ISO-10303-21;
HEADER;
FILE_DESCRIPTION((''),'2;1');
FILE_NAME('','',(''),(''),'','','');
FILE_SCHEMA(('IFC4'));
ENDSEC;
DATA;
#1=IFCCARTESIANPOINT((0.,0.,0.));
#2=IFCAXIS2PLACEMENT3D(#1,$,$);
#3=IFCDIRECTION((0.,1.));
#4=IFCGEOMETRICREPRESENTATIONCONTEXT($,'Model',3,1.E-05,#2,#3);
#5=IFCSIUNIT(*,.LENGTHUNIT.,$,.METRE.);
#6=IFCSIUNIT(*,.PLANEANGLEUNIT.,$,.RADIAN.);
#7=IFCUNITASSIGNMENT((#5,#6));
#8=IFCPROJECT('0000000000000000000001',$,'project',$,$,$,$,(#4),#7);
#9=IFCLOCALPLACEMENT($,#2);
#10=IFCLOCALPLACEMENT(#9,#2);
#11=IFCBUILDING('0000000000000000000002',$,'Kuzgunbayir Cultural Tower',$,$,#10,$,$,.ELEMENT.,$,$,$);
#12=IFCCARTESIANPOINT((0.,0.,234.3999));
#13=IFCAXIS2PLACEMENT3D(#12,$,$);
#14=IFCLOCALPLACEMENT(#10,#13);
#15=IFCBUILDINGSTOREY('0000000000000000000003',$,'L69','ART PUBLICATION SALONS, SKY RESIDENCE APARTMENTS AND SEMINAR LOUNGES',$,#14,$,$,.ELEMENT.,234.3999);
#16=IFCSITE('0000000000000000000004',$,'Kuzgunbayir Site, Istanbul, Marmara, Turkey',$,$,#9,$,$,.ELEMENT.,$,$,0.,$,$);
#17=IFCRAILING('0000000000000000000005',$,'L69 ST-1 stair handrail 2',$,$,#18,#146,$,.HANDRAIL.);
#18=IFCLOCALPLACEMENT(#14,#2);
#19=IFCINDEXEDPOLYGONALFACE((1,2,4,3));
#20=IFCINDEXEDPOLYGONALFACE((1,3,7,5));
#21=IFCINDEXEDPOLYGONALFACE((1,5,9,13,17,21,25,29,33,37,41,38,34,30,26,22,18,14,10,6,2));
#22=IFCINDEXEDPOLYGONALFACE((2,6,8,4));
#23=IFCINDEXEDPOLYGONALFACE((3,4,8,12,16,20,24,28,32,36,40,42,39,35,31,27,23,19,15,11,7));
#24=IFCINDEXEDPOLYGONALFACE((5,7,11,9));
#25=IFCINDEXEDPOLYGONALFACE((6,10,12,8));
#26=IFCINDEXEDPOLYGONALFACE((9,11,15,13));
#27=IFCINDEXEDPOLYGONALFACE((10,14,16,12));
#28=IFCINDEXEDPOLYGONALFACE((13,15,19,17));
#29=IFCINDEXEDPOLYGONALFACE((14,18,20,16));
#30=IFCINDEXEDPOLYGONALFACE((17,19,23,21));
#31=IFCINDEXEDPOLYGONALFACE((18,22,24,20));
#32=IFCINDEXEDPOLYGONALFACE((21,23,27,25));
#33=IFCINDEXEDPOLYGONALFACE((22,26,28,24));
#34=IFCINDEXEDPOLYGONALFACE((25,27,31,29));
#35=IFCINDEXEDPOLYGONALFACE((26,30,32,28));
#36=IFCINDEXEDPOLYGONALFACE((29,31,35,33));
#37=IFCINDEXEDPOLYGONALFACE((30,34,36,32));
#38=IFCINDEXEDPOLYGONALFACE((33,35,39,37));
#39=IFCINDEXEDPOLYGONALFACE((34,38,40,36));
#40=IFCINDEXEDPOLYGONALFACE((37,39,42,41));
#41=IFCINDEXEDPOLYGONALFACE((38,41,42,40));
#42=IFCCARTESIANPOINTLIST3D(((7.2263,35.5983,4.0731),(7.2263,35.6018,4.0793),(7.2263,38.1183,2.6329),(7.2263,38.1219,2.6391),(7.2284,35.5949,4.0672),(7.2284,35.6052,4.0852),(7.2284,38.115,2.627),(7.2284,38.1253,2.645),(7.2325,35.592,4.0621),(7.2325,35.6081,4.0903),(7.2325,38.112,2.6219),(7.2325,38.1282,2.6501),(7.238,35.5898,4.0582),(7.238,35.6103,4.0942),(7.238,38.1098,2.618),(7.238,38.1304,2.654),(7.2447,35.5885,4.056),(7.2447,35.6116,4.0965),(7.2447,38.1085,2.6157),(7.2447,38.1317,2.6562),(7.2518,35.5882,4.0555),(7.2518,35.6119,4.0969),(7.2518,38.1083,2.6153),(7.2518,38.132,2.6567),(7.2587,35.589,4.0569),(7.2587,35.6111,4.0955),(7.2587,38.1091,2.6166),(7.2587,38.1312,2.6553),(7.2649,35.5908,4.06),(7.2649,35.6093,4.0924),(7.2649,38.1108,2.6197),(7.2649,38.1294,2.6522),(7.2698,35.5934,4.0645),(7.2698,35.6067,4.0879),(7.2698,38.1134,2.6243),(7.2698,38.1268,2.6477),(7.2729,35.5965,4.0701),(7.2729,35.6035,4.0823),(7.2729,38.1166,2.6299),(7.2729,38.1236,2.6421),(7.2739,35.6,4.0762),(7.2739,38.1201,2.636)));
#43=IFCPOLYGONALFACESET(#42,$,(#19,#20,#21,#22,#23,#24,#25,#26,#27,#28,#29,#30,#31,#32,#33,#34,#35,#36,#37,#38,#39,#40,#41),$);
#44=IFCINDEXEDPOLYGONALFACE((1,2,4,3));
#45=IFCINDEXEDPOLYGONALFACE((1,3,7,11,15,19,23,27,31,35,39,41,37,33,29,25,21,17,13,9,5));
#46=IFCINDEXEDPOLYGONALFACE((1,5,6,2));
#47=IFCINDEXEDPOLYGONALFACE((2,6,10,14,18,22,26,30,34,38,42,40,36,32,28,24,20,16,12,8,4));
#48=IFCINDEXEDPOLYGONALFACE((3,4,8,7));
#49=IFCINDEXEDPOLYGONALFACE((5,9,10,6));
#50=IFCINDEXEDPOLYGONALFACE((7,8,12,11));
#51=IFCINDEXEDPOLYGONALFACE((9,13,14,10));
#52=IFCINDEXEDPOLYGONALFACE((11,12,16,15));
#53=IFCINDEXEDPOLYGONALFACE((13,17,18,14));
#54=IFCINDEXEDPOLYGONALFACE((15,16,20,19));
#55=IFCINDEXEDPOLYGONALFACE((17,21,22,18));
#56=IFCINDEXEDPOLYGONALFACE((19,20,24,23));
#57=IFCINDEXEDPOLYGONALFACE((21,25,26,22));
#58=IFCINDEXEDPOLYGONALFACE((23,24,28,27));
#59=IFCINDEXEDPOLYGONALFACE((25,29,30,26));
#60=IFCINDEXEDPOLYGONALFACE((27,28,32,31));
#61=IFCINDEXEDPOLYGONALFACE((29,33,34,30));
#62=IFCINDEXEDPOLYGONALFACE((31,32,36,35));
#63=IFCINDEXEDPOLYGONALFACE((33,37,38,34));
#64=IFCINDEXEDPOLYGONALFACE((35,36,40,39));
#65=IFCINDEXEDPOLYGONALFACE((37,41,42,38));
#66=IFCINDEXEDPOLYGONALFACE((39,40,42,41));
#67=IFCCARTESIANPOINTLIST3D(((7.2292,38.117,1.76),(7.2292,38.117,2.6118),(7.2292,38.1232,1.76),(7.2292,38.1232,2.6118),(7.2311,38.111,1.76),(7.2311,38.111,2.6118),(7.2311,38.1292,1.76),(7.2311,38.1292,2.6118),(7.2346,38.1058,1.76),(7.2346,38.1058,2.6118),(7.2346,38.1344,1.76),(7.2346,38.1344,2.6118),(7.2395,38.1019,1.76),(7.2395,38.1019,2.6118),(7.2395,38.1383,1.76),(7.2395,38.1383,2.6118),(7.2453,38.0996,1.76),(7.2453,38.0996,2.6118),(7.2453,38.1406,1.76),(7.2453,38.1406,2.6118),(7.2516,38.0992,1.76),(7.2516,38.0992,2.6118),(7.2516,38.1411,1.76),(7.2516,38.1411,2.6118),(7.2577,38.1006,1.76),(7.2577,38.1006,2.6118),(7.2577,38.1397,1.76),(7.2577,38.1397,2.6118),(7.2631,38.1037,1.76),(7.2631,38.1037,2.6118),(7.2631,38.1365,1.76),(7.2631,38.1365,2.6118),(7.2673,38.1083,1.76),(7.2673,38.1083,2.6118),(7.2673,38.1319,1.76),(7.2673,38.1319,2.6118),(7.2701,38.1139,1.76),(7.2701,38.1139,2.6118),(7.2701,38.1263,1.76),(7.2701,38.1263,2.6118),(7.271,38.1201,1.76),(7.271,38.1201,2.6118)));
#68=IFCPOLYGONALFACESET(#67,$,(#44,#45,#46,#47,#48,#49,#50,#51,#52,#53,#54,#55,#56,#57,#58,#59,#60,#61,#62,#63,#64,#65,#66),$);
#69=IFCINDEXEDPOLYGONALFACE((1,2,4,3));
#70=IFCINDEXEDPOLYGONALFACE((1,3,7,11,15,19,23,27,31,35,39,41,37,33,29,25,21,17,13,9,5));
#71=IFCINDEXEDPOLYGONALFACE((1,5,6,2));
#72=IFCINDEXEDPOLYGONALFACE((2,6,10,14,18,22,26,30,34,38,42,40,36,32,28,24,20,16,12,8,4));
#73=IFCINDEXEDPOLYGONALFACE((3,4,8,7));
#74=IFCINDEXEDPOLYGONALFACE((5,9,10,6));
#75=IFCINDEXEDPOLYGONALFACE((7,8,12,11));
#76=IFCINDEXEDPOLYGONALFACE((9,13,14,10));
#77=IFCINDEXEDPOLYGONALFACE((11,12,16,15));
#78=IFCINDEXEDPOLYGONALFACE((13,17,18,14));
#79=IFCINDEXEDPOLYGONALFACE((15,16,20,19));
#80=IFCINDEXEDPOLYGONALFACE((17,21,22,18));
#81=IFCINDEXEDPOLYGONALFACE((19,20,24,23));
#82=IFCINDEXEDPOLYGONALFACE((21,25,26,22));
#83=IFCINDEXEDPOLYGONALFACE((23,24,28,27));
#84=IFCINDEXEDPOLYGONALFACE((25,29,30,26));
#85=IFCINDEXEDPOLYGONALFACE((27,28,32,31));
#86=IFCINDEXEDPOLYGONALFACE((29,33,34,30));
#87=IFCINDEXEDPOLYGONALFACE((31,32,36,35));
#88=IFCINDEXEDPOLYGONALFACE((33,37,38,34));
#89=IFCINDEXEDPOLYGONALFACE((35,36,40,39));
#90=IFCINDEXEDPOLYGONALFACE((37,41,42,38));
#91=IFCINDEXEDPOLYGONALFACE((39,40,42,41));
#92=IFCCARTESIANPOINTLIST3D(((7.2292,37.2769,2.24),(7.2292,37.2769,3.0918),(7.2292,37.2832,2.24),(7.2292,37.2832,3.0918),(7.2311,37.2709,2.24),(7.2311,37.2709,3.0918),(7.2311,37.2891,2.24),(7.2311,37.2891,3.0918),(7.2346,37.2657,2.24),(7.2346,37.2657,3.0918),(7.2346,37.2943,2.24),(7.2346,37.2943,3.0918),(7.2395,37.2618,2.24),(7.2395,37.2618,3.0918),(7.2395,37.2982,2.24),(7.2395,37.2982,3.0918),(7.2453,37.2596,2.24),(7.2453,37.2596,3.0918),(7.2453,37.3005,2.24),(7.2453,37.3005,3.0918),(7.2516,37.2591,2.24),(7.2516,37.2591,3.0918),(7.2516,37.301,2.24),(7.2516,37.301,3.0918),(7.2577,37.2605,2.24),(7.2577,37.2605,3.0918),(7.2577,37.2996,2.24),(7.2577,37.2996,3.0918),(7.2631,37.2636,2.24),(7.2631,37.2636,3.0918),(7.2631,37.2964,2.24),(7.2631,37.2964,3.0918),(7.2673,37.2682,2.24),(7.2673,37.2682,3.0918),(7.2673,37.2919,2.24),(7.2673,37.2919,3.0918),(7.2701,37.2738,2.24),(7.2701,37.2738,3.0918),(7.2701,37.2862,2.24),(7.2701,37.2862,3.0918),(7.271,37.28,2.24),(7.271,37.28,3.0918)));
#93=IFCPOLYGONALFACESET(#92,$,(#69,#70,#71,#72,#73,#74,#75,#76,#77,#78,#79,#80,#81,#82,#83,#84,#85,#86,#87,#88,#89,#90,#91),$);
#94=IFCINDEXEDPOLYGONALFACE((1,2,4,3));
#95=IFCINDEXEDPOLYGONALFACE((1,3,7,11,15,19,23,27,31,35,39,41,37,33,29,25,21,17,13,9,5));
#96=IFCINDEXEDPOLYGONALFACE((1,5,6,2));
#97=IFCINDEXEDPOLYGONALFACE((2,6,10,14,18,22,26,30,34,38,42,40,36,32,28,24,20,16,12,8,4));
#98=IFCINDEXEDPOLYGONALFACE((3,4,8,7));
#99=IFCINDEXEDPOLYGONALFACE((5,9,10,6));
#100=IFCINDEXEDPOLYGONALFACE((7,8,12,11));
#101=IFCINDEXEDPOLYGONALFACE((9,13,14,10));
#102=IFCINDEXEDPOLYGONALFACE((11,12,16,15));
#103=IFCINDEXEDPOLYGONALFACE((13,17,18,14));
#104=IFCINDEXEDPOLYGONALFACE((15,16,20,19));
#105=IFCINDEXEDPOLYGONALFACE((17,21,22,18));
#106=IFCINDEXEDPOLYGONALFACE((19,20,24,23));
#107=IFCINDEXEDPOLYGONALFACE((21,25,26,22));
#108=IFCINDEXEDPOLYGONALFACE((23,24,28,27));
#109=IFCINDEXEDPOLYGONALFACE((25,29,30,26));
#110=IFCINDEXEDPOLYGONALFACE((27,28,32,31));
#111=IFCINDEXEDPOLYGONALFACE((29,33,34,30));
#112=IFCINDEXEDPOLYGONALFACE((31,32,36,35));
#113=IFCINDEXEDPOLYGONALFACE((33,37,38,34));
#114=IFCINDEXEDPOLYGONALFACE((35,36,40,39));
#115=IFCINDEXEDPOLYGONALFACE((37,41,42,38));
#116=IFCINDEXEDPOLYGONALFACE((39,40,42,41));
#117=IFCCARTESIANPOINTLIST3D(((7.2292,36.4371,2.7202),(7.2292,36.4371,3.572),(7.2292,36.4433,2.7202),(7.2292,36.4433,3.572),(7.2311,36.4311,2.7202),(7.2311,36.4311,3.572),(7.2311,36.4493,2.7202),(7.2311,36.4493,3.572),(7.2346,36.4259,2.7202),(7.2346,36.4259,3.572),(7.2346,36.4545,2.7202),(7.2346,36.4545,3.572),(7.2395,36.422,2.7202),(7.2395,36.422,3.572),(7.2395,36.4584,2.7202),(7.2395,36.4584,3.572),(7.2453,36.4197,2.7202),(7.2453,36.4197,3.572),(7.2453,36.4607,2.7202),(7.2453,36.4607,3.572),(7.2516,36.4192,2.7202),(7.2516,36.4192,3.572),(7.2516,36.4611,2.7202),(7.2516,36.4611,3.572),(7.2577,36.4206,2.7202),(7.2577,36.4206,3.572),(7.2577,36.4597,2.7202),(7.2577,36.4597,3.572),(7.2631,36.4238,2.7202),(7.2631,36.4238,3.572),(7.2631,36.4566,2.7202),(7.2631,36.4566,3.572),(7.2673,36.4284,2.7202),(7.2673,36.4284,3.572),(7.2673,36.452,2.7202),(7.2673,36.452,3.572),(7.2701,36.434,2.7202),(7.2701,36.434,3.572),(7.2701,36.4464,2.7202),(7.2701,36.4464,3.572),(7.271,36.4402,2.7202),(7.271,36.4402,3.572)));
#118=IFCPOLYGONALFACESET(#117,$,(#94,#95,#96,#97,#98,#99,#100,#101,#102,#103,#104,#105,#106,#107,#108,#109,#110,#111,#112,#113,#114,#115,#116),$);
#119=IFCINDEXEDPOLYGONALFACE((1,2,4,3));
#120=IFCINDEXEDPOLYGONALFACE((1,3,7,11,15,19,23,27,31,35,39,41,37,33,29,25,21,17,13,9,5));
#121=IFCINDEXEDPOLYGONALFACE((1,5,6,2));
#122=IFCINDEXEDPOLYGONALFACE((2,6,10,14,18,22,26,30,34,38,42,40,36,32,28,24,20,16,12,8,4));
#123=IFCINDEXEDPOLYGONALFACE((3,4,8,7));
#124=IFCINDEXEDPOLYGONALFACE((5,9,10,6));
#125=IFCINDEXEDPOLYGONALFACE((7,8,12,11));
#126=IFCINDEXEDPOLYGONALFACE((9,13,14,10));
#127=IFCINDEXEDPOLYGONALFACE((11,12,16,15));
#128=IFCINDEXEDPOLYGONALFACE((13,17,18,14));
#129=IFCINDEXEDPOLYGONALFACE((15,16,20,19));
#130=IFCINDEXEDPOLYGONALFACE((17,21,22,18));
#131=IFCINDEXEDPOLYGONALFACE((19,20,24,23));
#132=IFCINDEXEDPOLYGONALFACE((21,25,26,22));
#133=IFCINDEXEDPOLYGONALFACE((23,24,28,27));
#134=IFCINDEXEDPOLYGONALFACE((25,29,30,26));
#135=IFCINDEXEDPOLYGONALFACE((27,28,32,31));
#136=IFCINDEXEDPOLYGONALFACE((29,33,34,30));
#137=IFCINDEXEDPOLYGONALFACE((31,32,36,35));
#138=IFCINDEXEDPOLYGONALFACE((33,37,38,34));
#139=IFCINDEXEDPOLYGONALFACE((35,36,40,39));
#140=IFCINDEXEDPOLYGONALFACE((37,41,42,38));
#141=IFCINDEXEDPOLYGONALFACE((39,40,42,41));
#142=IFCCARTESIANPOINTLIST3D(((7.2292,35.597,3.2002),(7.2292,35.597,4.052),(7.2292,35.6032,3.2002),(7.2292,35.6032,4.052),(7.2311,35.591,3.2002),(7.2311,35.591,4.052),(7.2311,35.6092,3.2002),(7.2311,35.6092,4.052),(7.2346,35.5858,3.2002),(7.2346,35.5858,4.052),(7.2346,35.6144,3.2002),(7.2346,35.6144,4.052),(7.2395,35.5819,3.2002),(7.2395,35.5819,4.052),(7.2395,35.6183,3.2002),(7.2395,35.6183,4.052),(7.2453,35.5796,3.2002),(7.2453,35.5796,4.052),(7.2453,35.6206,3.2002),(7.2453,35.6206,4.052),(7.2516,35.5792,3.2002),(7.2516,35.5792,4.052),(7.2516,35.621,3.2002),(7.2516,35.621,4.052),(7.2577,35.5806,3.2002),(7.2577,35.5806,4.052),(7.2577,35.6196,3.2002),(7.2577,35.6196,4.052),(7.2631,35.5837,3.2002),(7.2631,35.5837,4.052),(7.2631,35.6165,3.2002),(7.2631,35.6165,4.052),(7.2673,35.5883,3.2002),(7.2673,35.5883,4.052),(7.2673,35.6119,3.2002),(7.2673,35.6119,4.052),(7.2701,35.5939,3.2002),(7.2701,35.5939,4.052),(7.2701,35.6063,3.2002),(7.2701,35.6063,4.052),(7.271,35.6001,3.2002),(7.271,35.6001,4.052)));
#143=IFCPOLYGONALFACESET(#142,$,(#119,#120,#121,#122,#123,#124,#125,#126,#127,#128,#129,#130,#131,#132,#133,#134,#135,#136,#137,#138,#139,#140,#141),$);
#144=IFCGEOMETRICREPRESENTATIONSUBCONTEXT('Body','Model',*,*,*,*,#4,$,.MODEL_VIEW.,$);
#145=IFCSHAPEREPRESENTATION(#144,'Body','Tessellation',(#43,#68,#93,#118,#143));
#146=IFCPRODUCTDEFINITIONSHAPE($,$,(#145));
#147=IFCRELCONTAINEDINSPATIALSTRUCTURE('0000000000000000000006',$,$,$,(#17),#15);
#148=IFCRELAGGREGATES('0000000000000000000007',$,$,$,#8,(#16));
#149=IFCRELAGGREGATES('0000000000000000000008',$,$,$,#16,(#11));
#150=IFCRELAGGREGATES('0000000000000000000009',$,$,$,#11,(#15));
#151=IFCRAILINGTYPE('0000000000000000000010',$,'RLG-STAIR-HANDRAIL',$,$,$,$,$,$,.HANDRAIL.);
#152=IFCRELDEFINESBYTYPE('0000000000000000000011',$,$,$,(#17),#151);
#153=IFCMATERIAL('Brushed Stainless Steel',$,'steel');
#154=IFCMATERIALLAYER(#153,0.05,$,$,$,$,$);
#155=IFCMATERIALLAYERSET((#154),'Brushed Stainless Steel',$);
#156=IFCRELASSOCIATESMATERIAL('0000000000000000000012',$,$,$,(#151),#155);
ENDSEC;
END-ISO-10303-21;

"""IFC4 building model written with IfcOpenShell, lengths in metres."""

from ifc_helpers import new_model, si_unit, direction, frame, origin, origin_2d, place, context, subcontext, project, spatial, circle, extrude, material, layer, layer_set, type_object, element, save


model = new_model("IFC4")

# Units and contexts
model_context = context("Model", 3, precision=1e-05, world=origin(), true_north=direction((0.0, 1.0)))
body_context = subcontext(model_context, "Body", "Model", "MODEL_VIEW")
ifc_project = project(units=[si_unit("LENGTHUNIT", "METRE"), si_unit("PLANEANGLEUNIT", "RADIAN")], contexts=[model_context])

# Site, building, storey
site_placement = place(None, origin())
site = spatial("IfcSite", under=ifc_project, at=site_placement, Name="Kuzgunbayir Site, Istanbul, Marmara, Turkey", CompositionType="ELEMENT", RefElevation=0.0)
building_placement = place(site_placement, origin())
building = spatial("IfcBuilding", under=site, at=building_placement, Name="Kuzgunbayir Cultural Tower", CompositionType="ELEMENT")
storey_placement = place(building_placement, frame((0.0, 0.0, 234.3999)))
storey = spatial("IfcBuildingStorey", under=building, at=storey_placement, Name="L69", Description="ART PUBLICATION SALONS, SKY RESIDENCE APARTMENTS AND SEMINAR LOUNGES", CompositionType="ELEMENT", Elevation=234.3999)

# Shared definitions
ifc_material_1 = material(Name="Brushed Stainless Steel", Category="steel")

# Railing
ifc_layer_1 = layer(ifc_material_1, 0.05)
ifc_layer_set_1 = layer_set([ifc_layer_1], Name="Brushed Stainless Steel")
railing_type_1 = type_object("IfcRailingType", Name="RLG-STAIR-HANDRAIL", PredefinedType="HANDRAIL", material=ifc_layer_set_1)
railing_1_placement = place(storey_placement, frame((7.25, 38.1201, 1.76)))
element("IfcRailing", 1, at=railing_1_placement, inside=storey, type_object=railing_type_1, Name="L69 ST-1 stair handrail 2", PredefinedType="HANDRAIL", context=body_context, shape_type="SweptSolid", body=[
    extrude(circle(Radius=0.0239, at=origin_2d()), frame((0.0, 0.0, 0.876), z_axis=(0.0, -0.868217, 0.496184), x_axis=(1.0, 0.0, 0.0)), (0.0, 0.0, 1.0), 2.9026),
    extrude(circle(Radius=0.021, at=origin_2d()), origin(), (0.0, 0.0, 1.0), 0.8518),
    extrude(circle(Radius=0.021, at=origin_2d()), frame((0.0, -0.8401, 0.48)), (0.0, 0.0, 1.0), 0.8518),
    extrude(circle(Radius=0.021, at=origin_2d()), frame((0.0, -1.6799, 0.9602)), (0.0, 0.0, 1.0), 0.8518),
    extrude(circle(Radius=0.021, at=origin_2d()), frame((0.0, -2.52, 1.4402)), (0.0, 0.0, 1.0), 0.8518),
])

save(model, "model.ifc")
